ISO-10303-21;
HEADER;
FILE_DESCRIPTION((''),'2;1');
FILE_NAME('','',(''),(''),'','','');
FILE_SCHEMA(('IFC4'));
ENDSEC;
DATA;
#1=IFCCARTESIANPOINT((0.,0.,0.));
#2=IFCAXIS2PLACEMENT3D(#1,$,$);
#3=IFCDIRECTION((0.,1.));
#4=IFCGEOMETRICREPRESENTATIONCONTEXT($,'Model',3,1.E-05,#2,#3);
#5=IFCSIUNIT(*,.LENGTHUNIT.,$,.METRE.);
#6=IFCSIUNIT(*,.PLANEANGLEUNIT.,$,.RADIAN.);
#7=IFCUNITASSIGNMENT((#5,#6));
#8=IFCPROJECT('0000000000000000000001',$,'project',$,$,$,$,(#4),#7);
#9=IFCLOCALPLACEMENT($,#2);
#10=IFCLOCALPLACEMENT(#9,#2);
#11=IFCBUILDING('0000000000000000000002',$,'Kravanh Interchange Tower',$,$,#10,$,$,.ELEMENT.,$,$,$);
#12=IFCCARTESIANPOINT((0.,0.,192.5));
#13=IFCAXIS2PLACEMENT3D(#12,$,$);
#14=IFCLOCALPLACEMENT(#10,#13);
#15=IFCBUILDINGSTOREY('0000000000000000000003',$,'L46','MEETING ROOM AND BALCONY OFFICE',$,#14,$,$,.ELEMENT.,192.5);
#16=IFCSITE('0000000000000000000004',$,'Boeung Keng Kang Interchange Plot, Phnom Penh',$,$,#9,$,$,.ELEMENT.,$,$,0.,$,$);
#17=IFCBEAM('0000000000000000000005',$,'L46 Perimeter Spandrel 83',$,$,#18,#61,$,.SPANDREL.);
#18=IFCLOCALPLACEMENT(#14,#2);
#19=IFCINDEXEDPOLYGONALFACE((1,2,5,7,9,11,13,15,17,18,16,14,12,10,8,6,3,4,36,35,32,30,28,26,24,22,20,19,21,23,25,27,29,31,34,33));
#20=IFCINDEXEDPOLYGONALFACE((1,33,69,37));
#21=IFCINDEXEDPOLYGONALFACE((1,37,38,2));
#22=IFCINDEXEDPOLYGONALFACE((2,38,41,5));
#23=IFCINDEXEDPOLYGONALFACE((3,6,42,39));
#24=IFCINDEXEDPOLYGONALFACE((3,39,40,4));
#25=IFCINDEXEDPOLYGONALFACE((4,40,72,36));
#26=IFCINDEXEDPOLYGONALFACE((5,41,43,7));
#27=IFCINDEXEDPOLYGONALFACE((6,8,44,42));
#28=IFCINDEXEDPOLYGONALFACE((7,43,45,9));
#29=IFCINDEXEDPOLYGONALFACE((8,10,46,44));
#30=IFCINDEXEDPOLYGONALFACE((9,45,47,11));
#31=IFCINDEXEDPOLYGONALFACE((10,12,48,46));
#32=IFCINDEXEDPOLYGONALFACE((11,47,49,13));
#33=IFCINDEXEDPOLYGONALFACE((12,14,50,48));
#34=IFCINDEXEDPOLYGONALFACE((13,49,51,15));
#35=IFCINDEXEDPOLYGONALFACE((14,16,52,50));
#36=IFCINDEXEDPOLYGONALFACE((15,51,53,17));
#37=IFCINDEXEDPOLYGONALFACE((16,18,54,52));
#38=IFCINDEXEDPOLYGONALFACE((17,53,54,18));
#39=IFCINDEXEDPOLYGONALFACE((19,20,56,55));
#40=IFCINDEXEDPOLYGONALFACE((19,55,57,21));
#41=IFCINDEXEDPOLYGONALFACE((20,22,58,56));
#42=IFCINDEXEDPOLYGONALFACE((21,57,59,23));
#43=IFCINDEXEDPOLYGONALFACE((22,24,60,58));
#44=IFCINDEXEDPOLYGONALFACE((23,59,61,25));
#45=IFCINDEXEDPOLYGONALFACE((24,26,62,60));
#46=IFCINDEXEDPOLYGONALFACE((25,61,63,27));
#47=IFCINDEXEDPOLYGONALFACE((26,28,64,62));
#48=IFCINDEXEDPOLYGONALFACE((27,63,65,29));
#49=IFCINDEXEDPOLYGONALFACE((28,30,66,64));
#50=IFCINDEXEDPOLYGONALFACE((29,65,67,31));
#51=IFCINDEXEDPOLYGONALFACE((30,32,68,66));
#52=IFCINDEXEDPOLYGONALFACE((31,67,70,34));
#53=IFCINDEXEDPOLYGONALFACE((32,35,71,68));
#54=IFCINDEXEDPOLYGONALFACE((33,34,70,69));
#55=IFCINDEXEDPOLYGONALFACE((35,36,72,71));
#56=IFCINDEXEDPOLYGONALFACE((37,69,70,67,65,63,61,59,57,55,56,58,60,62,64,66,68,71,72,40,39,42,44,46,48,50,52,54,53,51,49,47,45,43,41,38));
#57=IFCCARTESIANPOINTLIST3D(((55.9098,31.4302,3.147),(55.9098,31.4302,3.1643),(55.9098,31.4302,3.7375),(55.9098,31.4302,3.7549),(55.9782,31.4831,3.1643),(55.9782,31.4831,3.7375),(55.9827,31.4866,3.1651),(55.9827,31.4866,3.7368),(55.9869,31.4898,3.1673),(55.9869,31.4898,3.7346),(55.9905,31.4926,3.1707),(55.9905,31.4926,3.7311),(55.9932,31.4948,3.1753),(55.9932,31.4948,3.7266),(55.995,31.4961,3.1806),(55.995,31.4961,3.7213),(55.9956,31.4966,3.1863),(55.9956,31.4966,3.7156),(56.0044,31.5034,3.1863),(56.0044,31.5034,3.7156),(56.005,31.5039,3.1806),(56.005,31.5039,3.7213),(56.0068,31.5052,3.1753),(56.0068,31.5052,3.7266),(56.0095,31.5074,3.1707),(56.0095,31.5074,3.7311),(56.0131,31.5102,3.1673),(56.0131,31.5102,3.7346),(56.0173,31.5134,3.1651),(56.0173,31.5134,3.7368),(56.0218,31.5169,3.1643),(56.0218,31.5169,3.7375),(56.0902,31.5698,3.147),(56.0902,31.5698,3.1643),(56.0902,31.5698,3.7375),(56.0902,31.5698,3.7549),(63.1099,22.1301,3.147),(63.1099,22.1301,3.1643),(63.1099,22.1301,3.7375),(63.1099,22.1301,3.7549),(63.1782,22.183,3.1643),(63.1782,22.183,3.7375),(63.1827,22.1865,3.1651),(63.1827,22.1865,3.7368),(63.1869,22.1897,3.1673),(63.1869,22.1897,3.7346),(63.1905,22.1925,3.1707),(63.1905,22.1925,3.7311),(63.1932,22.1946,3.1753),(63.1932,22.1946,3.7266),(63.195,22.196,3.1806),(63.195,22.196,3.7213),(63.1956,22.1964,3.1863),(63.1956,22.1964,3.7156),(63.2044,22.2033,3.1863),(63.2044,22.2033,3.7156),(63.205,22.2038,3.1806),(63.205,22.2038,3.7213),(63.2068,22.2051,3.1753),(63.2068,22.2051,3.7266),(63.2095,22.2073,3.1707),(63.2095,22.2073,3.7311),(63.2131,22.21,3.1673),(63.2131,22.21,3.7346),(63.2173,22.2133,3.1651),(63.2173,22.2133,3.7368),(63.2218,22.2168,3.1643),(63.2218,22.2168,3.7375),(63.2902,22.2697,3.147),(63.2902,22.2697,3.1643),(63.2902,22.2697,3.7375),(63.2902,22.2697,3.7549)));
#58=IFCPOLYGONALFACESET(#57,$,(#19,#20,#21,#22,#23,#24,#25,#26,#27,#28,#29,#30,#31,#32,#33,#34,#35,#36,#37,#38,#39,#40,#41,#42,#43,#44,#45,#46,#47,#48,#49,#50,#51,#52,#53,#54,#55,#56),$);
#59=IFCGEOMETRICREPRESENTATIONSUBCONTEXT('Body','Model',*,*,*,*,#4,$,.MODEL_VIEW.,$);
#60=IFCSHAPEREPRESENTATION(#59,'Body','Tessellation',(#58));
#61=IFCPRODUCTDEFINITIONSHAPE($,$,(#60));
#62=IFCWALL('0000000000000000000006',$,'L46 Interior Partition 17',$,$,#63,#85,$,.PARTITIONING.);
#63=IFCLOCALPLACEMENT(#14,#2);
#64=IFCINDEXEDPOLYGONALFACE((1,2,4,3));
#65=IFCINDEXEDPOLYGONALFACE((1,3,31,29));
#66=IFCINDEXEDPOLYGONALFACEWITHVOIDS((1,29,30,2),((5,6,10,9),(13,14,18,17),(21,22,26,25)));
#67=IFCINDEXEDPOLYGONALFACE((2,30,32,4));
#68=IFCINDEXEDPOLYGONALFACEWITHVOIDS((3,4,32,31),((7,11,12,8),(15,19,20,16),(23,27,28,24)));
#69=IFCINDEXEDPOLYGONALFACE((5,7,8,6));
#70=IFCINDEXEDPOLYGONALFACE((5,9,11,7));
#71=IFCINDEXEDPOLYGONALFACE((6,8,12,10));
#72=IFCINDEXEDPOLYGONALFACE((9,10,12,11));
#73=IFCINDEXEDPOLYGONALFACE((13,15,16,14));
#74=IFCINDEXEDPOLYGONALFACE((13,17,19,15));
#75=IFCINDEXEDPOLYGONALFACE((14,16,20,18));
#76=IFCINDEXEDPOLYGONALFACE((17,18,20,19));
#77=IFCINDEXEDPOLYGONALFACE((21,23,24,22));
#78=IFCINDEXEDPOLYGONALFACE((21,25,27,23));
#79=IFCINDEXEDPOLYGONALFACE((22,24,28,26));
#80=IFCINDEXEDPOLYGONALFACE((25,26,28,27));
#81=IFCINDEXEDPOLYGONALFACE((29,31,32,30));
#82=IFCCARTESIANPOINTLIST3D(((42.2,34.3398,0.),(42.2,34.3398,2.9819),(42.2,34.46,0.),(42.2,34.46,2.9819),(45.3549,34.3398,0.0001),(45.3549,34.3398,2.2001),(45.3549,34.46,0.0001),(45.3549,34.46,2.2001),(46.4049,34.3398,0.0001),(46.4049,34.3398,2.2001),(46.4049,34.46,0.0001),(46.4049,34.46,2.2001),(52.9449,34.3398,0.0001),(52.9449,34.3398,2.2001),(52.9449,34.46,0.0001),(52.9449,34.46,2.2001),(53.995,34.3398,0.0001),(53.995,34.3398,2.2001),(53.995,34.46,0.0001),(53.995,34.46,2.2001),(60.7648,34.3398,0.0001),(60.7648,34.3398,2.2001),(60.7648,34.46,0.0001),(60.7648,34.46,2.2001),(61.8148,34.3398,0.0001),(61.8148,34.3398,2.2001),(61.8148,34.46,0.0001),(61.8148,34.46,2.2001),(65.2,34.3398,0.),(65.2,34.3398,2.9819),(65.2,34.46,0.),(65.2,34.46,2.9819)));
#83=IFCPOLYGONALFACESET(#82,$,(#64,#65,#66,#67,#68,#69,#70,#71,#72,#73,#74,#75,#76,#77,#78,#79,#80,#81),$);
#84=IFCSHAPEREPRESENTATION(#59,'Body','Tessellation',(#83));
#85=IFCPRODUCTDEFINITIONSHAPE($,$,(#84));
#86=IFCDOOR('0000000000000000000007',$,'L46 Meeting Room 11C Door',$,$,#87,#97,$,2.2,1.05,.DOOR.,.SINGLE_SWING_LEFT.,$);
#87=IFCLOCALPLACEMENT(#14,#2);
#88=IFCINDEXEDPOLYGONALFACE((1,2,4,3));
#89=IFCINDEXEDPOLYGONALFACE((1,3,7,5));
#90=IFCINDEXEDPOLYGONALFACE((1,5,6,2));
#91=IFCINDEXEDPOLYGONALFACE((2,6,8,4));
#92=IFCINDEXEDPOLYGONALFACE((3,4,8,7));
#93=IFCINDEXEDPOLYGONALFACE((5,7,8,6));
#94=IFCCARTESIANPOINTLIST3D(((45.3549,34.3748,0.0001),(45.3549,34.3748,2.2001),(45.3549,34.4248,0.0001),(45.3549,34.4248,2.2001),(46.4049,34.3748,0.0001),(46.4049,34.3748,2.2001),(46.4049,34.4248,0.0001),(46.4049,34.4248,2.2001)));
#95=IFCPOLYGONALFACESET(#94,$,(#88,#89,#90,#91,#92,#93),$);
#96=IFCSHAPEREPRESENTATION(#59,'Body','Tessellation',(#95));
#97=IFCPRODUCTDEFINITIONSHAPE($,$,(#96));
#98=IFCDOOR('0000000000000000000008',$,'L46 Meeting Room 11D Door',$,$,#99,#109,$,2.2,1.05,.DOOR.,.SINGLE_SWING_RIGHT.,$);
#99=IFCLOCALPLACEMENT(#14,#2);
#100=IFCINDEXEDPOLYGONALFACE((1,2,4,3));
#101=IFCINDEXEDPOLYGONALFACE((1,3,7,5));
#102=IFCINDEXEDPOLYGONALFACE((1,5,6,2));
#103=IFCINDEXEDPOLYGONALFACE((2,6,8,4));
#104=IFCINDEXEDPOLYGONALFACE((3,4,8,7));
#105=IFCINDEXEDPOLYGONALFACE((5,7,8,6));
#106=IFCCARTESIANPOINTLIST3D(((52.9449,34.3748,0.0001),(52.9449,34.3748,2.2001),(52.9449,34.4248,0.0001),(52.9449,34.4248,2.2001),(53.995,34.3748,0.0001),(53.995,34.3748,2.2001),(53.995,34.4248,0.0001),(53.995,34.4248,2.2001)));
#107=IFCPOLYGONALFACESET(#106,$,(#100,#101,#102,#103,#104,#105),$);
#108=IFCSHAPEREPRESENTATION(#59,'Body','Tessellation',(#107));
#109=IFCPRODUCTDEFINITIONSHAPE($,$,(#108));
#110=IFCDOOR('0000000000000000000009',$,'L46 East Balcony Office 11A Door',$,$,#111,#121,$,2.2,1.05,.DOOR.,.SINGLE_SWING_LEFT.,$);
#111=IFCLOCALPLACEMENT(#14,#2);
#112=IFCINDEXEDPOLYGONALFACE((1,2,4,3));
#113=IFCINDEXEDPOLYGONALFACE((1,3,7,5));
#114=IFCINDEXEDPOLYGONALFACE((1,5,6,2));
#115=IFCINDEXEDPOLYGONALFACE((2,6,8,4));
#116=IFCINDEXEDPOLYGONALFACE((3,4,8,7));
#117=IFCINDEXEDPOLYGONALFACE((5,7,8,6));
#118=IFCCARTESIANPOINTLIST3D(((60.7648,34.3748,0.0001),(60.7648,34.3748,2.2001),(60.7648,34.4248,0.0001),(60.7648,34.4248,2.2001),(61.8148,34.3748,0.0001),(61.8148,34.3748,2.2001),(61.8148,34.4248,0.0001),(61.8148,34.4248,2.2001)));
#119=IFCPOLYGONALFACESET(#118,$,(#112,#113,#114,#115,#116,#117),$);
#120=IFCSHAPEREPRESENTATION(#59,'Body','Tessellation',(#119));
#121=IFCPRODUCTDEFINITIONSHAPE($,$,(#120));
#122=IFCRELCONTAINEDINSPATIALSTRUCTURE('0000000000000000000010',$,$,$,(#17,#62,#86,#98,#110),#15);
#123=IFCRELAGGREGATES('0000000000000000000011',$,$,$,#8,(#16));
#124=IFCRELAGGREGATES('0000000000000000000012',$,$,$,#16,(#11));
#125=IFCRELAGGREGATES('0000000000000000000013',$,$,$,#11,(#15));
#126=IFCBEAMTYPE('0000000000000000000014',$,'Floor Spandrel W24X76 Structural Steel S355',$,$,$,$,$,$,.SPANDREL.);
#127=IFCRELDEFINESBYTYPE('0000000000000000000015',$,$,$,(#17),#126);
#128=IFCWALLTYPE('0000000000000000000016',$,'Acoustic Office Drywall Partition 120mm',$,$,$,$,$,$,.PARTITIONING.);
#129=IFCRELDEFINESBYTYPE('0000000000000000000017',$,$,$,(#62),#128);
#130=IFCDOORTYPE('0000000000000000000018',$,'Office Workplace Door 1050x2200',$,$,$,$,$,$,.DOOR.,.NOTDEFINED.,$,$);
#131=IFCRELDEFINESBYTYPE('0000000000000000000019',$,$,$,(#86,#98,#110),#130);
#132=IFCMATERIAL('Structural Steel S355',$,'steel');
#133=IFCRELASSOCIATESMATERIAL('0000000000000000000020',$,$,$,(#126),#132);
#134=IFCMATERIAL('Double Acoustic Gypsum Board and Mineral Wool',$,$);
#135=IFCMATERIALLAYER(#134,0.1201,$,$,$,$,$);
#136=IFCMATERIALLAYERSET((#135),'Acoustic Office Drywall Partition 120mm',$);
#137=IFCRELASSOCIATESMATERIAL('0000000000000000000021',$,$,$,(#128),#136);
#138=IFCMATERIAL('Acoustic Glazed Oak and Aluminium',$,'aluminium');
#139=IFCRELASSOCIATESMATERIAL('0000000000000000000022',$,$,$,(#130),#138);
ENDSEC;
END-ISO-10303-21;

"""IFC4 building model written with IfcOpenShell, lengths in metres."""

from ifc_helpers import new_model, si_unit, direction, frame, frame_2d, origin, origin_2d, place, context, subcontext, project, spatial, rectangle, i_section, extrude, material, layer, layer_set, material_profile, profile_set, type_object, element, fill, save


model = new_model("IFC4")

# Units and contexts
model_context = context("Model", 3, precision=1e-05, world=origin(), true_north=direction((0.0, 1.0)))
body_context = subcontext(model_context, "Body", "Model", "MODEL_VIEW")
ifc_project = project(units=[si_unit("LENGTHUNIT", "METRE"), si_unit("PLANEANGLEUNIT", "RADIAN")], contexts=[model_context])

# Site, building, storey
site_placement = place(None, origin())
site = spatial("IfcSite", under=ifc_project, at=site_placement, Name="Boeung Keng Kang Interchange Plot, Phnom Penh", CompositionType="ELEMENT", RefElevation=0.0)
building_placement = place(site_placement, origin())
building = spatial("IfcBuilding", under=site, at=building_placement, Name="Kravanh Interchange Tower", CompositionType="ELEMENT")
storey_placement = place(building_placement, frame((0.0, 0.0, 192.5)))
storey = spatial("IfcBuildingStorey", under=building, at=storey_placement, Name="L46", Description="MEETING ROOM AND BALCONY OFFICE", CompositionType="ELEMENT", Elevation=192.5)

# Beam
ifc_material_1 = material(Name="Structural Steel S355", Category="steel")
ifc_material_profile_1 = material_profile(ifc_material_1, i_section(OverallWidth=0.228, OverallDepth=0.6079, WebThickness=0.0112, FlangeThickness=0.0173, FilletRadius=0.022, at=origin_2d()), Name="W24X76")
ifc_profile_set_1 = profile_set([ifc_material_profile_1], Name="Structural Steel S355")
beam_type_1 = type_object("IfcBeamType", Name="Floor Spandrel W24X76 Structural Steel S355", PredefinedType="SPANDREL", material=ifc_profile_set_1)
beam_1_placement = place(storey_placement, frame((56.0, 31.5, 3.4509), z_axis=(0.612169, -0.790727, 0.0), x_axis=(0.790727, 0.612169, 0.0)))
element("IfcBeam", 1, at=beam_1_placement, inside=storey, type_object=beam_type_1, Name="L46 Perimeter Spandrel 83", PredefinedType="SPANDREL", context=body_context, shape_type="SweptSolid", body=[
    extrude(i_section(OverallWidth=0.228, OverallDepth=0.6079, WebThickness=0.0112, FlangeThickness=0.0173, FilletRadius=0.022, at=origin_2d()), origin(), (0.0, 0.0, 1.0), 11.7615),
])

# Wall, openings, doors
ifc_material_2 = material(Name="Double Acoustic Gypsum Board and Mineral Wool")
ifc_layer = layer(ifc_material_2, 0.1201)
ifc_layer_set = layer_set([ifc_layer], Name="Acoustic Office Drywall Partition 120mm")
wall_type = type_object("IfcWallType", Name="Acoustic Office Drywall Partition 120mm", PredefinedType="PARTITIONING", material=ifc_layer_set)
wall_placement = place(storey_placement, frame((42.2, 34.3999, 0.0), z_axis=(0.0, 0.0, 1.0), x_axis=(1.0, 0.0, 0.0)))
wall = element("IfcWall", 2, at=wall_placement, inside=storey, type_object=wall_type, Name="L46 Interior Partition 17", PredefinedType="PARTITIONING", context=body_context, shape_type="SweptSolid", body=[
    extrude(rectangle(XDim=23.0, YDim=0.1201, at=frame_2d((11.5, 0.0))), origin(), (0.0, 0.0, 1.0), 2.9819),
])
opening_1_placement = place(wall_placement, frame((3.155, 0.0, 0.0)))
opening_1 = element("IfcOpeningElement", 3, at=opening_1_placement, cuts=wall, PredefinedType="OPENING", context=body_context, shape_type="SweptSolid", body=[
    extrude(rectangle(XDim=1.05, YDim=2.2, at=frame_2d((0.5249, 1.1001))), frame((0.0, 0.0701, 0.0), z_axis=(0.0, -1.0, 0.0), x_axis=(1.0, 0.0, 0.0)), (0.0, 0.0, 1.0), 0.1401),
])
opening_2_placement = place(wall_placement, frame((10.7451, 0.0, 0.0)))
opening_2 = element("IfcOpeningElement", 4, at=opening_2_placement, cuts=wall, PredefinedType="OPENING", context=body_context, shape_type="SweptSolid", body=[
    extrude(rectangle(XDim=1.05, YDim=2.2, at=frame_2d((0.5249, 1.1001))), frame((0.0, 0.0701, 0.0), z_axis=(0.0, -1.0, 0.0), x_axis=(1.0, 0.0, 0.0)), (0.0, 0.0, 1.0), 0.1401),
])
opening_3_placement = place(wall_placement, frame((18.5649, 0.0, 0.0)))
opening_3 = element("IfcOpeningElement", 5, at=opening_3_placement, cuts=wall, PredefinedType="OPENING", context=body_context, shape_type="SweptSolid", body=[
    extrude(rectangle(XDim=1.05, YDim=2.2, at=frame_2d((0.5249, 1.1001))), frame((0.0, 0.0701, 0.0), z_axis=(0.0, -1.0, 0.0), x_axis=(1.0, 0.0, 0.0)), (0.0, 0.0, 1.0), 0.1401),
])
ifc_material_3 = material(Name="Acoustic Glazed Oak and Aluminium", Category="aluminium")
door_type = type_object("IfcDoorType", Name="Office Workplace Door 1050x2200", OperationType="NOTDEFINED", PredefinedType="DOOR", material=ifc_material_3)
door_1_placement = place(opening_1_placement, origin())
door_1 = element("IfcDoor", 6, at=door_1_placement, inside=storey, type_object=door_type, Name="L46 Meeting Room 11C Door", OperationType="SINGLE_SWING_LEFT", OverallHeight=2.2, OverallWidth=1.05, PredefinedType="DOOR", context=body_context, shape_type="SweptSolid", body=[
    extrude(rectangle(XDim=1.05, YDim=2.2, at=frame_2d((0.5249, 1.1001))), frame((0.0, 0.0249, 0.0), z_axis=(0.0, -1.0, 0.0), x_axis=(1.0, 0.0, 0.0)), (0.0, 0.0, 1.0), 0.05),
])
fill(opening_1, door_1)
door_2_placement = place(opening_2_placement, origin())
door_2 = element("IfcDoor", 7, at=door_2_placement, inside=storey, type_object=door_type, Name="L46 Meeting Room 11D Door", OperationType="SINGLE_SWING_RIGHT", OverallHeight=2.2, OverallWidth=1.05, PredefinedType="DOOR", context=body_context, shape_type="SweptSolid", body=[
    extrude(rectangle(XDim=1.05, YDim=2.2, at=frame_2d((0.5249, 1.1001))), frame((0.0, 0.0249, 0.0), z_axis=(0.0, -1.0, 0.0), x_axis=(1.0, 0.0, 0.0)), (0.0, 0.0, 1.0), 0.05),
])
fill(opening_2, door_2)
door_3_placement = place(opening_3_placement, origin())
door_3 = element("IfcDoor", 8, at=door_3_placement, inside=storey, type_object=door_type, Name="L46 East Balcony Office 11A Door", OperationType="SINGLE_SWING_LEFT", OverallHeight=2.2, OverallWidth=1.05, PredefinedType="DOOR", context=body_context, shape_type="SweptSolid", body=[
    extrude(rectangle(XDim=1.05, YDim=2.2, at=frame_2d((0.5249, 1.1001))), frame((0.0, 0.0249, 0.0), z_axis=(0.0, -1.0, 0.0), x_axis=(1.0, 0.0, 0.0)), (0.0, 0.0, 1.0), 0.05),
])
fill(opening_3, door_3)

save(model, "model.ifc")
